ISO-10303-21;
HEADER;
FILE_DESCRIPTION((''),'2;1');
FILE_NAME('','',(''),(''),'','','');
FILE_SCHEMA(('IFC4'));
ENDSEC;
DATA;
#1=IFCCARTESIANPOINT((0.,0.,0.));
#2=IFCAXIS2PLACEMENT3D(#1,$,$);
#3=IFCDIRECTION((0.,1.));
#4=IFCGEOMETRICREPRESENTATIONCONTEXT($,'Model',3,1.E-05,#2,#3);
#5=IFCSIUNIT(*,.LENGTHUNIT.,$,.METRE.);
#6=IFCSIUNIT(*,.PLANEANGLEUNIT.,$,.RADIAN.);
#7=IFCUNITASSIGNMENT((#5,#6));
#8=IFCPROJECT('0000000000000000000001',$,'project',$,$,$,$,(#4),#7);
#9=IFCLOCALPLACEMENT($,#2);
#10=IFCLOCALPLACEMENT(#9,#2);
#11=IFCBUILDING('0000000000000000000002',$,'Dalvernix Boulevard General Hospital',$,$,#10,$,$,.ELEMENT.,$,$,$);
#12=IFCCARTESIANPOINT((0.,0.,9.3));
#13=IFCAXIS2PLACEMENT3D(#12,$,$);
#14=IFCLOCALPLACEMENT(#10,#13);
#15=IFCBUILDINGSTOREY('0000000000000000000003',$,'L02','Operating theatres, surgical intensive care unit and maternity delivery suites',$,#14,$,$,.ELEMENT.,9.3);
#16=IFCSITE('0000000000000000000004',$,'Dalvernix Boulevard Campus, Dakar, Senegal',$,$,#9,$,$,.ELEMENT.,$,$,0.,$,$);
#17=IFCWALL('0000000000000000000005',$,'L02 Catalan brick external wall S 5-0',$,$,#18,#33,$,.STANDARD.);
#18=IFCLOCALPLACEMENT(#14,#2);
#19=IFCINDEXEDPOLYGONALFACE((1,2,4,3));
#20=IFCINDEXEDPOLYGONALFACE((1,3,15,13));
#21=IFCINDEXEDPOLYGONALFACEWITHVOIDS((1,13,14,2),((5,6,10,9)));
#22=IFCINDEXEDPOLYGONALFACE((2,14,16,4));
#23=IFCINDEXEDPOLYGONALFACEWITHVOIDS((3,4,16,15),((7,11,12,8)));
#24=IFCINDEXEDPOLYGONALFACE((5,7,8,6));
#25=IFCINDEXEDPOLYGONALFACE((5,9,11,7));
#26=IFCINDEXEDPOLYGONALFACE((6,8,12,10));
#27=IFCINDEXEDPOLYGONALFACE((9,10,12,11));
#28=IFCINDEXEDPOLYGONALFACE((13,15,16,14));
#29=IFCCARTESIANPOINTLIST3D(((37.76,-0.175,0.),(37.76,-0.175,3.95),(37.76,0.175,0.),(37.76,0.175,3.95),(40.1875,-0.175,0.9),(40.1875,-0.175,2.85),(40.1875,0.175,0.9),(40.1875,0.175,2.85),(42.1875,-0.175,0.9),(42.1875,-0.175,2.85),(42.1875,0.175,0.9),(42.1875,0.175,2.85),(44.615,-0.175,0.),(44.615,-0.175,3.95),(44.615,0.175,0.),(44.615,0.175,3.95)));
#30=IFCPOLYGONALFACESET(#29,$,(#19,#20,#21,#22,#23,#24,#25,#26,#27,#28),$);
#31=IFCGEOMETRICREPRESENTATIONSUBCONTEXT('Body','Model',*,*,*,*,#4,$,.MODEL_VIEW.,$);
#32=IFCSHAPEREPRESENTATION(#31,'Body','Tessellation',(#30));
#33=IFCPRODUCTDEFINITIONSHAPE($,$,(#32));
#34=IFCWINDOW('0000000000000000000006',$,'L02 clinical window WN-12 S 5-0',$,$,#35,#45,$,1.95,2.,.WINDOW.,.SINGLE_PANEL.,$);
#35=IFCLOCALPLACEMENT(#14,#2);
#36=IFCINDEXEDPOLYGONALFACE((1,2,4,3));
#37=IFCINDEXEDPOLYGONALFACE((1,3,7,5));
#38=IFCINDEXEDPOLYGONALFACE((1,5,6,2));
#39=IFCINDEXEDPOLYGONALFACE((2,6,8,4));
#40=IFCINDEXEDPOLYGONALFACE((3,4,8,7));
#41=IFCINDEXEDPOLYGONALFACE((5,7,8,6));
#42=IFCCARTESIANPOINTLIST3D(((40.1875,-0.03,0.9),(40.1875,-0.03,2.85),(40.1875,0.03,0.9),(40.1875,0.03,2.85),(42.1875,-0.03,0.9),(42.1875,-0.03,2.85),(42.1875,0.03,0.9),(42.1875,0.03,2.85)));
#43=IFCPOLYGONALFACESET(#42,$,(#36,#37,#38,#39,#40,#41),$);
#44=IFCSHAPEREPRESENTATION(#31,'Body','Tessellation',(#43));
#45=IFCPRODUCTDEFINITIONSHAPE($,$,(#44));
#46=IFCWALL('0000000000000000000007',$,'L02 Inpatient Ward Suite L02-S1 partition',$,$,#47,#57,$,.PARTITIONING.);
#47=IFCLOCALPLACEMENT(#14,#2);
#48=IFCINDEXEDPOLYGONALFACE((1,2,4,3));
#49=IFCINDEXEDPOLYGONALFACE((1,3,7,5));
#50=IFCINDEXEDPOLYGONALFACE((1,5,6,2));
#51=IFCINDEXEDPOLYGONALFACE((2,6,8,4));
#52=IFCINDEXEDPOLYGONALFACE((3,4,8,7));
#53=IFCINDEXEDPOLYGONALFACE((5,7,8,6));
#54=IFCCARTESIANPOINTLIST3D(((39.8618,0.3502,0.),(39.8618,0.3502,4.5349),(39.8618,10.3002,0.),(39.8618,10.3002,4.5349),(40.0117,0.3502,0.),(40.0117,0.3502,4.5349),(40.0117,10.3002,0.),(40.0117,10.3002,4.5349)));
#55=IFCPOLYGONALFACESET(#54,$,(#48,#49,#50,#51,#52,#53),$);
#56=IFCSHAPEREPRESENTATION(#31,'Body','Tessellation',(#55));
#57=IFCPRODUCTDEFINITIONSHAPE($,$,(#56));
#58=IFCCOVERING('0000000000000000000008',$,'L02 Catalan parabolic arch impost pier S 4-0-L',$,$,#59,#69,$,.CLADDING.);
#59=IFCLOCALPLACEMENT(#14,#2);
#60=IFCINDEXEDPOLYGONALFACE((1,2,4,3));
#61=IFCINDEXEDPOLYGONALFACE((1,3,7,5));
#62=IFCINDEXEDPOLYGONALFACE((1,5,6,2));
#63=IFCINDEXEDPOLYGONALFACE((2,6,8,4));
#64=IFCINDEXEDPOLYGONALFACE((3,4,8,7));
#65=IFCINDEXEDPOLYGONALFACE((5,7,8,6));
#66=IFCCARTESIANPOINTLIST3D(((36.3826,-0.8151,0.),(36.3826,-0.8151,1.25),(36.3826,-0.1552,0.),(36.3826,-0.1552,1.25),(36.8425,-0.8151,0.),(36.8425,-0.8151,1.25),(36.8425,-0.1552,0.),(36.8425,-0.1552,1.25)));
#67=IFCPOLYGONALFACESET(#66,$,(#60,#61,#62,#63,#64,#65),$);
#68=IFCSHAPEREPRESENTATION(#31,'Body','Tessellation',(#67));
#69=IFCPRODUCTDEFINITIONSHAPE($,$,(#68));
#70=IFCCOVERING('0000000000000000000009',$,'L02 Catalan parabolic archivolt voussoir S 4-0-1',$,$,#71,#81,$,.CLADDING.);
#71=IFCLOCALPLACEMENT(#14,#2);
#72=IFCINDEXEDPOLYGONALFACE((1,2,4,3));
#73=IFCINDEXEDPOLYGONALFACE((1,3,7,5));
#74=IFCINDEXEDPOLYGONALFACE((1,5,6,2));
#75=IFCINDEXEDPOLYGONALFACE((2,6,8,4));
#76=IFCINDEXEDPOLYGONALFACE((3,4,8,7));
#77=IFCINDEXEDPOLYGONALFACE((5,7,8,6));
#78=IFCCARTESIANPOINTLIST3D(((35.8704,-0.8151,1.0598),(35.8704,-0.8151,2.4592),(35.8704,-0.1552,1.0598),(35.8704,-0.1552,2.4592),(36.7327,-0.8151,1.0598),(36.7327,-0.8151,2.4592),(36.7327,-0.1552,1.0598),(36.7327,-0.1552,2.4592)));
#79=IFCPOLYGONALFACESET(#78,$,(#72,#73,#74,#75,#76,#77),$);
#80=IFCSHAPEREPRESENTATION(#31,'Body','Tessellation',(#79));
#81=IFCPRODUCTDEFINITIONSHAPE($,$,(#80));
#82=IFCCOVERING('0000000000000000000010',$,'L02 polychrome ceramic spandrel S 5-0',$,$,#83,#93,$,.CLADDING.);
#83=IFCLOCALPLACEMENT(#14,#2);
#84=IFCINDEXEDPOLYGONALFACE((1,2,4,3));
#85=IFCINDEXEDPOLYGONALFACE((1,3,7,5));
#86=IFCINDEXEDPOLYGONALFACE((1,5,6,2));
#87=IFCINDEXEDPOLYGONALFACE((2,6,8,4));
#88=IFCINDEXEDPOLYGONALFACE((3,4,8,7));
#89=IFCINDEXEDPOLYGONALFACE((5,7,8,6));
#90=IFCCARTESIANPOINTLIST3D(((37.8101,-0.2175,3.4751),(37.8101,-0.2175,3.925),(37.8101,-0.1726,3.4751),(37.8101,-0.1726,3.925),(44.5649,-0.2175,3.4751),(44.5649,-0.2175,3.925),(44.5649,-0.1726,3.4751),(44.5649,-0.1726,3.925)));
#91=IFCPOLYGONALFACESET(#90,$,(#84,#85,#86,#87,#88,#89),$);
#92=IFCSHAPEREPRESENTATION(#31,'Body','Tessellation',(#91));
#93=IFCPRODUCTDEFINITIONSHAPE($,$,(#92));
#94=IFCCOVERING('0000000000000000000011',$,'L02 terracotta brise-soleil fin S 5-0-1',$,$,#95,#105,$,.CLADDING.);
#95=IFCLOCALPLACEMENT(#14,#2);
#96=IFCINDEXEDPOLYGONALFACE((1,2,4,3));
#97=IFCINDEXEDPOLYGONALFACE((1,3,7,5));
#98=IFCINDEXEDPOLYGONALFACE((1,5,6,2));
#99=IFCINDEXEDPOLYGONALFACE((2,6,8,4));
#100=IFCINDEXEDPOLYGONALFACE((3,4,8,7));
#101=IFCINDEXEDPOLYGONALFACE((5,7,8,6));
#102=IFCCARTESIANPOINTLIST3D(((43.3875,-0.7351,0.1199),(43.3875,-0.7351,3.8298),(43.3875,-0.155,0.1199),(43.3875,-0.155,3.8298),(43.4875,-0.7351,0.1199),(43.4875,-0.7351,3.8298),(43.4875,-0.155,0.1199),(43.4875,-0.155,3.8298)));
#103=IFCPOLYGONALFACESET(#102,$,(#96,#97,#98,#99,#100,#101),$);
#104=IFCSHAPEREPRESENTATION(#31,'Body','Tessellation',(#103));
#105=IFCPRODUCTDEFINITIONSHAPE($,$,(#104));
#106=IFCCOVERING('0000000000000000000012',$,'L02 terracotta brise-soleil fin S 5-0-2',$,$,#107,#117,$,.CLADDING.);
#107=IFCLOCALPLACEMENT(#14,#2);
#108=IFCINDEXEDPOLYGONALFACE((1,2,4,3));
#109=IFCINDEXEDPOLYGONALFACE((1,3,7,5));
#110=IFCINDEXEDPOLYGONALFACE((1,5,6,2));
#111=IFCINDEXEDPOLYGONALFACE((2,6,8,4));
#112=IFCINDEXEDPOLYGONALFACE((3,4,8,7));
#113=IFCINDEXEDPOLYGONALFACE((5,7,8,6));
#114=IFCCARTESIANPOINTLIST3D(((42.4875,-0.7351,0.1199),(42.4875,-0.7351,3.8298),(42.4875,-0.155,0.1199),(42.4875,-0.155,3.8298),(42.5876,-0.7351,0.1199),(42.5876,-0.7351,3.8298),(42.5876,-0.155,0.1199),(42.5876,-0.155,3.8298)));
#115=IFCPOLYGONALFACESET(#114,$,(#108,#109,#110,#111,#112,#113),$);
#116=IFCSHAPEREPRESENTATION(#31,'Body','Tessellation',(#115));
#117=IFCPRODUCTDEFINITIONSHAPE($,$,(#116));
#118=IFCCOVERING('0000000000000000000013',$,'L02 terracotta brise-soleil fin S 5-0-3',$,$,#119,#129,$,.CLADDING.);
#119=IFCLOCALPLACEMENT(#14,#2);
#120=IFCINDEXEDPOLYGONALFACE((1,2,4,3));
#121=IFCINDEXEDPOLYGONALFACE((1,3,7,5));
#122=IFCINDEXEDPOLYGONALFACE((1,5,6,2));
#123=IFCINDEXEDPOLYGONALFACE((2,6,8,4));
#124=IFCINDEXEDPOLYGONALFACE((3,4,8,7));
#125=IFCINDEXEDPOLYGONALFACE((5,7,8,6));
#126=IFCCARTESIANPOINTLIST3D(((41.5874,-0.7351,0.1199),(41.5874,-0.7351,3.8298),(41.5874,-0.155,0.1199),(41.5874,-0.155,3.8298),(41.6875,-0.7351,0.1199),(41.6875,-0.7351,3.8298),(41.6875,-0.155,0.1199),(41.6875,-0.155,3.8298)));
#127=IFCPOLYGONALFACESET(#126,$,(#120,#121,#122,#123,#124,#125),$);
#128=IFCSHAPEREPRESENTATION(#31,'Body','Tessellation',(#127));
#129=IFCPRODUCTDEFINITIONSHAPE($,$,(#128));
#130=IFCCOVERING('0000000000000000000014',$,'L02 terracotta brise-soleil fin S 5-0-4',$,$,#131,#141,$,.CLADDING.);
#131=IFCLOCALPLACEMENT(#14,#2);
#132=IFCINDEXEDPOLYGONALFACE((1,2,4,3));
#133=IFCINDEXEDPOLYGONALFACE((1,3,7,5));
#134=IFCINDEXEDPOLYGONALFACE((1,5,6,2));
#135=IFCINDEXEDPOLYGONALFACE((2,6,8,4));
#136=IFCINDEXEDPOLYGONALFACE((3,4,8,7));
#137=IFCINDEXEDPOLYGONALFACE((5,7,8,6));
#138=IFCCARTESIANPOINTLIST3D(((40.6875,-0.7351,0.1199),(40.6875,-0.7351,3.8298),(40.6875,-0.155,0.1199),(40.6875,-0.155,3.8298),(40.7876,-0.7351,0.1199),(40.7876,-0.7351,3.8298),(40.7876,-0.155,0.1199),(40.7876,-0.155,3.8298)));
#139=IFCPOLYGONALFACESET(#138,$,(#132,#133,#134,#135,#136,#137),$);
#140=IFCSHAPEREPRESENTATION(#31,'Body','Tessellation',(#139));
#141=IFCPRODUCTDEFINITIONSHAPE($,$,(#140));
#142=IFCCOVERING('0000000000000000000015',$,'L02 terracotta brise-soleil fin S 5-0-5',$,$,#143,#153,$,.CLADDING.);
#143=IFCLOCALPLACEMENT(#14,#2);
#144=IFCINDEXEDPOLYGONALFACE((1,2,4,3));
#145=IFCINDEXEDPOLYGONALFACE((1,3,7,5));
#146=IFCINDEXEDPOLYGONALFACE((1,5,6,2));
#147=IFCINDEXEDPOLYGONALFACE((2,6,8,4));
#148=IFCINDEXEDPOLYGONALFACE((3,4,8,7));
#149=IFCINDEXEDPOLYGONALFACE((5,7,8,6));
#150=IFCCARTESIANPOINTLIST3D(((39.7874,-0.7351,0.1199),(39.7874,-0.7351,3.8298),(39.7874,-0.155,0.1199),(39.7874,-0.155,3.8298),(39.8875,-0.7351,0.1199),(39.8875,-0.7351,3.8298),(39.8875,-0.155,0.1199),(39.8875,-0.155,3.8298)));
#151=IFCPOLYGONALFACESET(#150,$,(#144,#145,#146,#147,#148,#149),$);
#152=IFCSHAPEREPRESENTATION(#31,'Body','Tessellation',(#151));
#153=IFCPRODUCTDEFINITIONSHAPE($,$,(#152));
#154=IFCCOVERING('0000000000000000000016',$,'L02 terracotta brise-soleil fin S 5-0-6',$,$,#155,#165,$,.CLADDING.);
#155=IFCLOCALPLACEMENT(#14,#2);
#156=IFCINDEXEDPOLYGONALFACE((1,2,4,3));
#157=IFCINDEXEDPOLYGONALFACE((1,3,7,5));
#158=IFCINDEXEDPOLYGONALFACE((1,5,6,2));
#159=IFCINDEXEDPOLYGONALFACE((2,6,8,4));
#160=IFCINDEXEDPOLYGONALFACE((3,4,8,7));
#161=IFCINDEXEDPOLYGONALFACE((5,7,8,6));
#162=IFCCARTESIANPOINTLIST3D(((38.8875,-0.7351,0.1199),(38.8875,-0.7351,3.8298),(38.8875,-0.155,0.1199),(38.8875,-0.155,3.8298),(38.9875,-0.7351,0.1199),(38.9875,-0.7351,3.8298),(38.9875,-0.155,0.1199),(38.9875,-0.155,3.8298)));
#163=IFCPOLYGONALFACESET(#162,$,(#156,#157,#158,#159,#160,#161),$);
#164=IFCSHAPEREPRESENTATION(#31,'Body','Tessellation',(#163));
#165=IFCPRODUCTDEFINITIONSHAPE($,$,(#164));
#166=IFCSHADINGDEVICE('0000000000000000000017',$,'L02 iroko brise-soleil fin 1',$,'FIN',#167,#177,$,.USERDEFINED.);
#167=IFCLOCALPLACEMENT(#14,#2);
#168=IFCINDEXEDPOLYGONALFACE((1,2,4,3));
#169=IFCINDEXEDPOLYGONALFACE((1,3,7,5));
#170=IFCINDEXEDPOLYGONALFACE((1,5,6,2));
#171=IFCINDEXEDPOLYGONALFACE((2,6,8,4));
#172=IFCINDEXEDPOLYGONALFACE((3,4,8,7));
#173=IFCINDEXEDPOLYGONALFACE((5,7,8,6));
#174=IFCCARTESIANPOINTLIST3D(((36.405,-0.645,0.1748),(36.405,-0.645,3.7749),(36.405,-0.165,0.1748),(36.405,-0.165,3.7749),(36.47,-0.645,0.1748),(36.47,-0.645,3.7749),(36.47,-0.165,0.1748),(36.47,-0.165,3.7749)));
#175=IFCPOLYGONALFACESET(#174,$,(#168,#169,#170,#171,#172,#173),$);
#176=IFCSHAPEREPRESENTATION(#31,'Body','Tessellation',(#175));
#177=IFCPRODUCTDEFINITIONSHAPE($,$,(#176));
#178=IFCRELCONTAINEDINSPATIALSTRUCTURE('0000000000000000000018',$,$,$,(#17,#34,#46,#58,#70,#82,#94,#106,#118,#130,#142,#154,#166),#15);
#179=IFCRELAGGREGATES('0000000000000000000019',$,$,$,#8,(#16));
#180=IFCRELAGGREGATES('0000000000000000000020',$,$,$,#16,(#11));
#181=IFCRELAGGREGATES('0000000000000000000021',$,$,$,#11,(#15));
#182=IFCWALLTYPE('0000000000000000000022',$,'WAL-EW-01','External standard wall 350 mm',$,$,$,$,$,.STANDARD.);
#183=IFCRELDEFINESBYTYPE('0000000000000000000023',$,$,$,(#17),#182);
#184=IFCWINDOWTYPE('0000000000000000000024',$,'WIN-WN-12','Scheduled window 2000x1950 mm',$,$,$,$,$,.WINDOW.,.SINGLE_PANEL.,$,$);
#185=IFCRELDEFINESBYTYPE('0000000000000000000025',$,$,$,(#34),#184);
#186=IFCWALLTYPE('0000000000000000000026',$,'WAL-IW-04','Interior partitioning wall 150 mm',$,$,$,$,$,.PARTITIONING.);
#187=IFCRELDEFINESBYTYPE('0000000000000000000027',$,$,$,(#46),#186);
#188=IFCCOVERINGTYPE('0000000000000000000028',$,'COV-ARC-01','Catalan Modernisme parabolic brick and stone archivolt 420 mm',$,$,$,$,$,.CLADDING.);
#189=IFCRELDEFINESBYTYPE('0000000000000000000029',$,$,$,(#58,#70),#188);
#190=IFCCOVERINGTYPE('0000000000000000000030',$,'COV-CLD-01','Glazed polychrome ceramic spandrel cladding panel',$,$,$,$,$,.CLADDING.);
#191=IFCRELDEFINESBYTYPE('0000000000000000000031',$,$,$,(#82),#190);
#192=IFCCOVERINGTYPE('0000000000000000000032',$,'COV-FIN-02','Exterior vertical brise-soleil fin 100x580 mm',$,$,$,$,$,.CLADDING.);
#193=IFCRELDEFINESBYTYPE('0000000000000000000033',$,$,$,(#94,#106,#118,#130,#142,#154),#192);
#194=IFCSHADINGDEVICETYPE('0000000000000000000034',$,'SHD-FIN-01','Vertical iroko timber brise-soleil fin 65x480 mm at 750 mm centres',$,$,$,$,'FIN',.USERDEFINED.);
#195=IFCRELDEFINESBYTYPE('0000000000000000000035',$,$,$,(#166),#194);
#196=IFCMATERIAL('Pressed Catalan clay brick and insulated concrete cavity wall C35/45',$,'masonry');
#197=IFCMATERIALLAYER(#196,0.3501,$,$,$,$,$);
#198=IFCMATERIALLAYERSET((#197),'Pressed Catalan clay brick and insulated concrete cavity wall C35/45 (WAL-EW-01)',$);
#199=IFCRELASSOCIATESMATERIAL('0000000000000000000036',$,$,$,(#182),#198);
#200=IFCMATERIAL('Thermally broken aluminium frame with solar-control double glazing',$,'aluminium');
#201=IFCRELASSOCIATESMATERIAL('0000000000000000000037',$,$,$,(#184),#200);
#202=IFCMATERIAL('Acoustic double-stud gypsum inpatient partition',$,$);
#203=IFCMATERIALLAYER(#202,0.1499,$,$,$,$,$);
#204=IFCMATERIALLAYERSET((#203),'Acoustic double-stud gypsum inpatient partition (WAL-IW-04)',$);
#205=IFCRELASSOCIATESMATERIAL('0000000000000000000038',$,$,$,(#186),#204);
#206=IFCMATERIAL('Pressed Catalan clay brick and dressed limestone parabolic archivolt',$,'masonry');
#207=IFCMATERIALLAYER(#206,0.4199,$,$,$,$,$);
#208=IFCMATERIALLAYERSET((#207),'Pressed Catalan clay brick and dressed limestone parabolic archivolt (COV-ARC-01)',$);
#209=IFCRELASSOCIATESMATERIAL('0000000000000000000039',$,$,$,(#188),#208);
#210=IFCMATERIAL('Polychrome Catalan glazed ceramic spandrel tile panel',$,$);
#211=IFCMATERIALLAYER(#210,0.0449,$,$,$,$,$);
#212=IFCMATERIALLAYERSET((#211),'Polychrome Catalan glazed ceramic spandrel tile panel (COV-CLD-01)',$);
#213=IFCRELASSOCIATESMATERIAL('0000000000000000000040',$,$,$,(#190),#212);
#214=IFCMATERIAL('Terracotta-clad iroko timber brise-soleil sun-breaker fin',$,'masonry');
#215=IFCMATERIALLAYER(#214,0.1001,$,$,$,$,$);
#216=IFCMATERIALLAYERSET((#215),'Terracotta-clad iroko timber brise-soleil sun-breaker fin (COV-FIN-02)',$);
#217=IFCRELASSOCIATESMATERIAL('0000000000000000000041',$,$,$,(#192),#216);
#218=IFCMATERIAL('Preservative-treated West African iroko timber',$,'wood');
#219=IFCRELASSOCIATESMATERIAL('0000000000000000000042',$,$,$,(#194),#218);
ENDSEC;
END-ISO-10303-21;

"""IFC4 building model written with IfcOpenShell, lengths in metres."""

from ifc_helpers import new_model, si_unit, direction, frame, frame_2d, origin, origin_2d, place, context, subcontext, project, spatial, rectangle, extrude, material, layer, layer_set, type_object, element, fill, save


model = new_model("IFC4")

# Units and contexts
model_context = context("Model", 3, precision=1e-05, world=origin(), true_north=direction((0.0, 1.0)))
body_context = subcontext(model_context, "Body", "Model", "MODEL_VIEW")
ifc_project = project(units=[si_unit("LENGTHUNIT", "METRE"), si_unit("PLANEANGLEUNIT", "RADIAN")], contexts=[model_context])

# Site, building, storey
site_placement = place(None, origin())
site = spatial("IfcSite", under=ifc_project, at=site_placement, Name="Dalvernix Boulevard Campus, Dakar, Senegal", CompositionType="ELEMENT", RefElevation=0.0)
building_placement = place(site_placement, origin())
building = spatial("IfcBuilding", under=site, at=building_placement, Name="Dalvernix Boulevard General Hospital", CompositionType="ELEMENT")
storey_placement = place(building_placement, frame((0.0, 0.0, 9.3)))
storey = spatial("IfcBuildingStorey", under=building, at=storey_placement, Name="L02", Description="Operating theatres, surgical intensive care unit and maternity delivery suites", CompositionType="ELEMENT", Elevation=9.3)

# Wall, opening, window
ifc_material_1 = material(Name="Pressed Catalan clay brick and insulated concrete cavity wall C35/45", Category="masonry")
ifc_layer_1 = layer(ifc_material_1, 0.3501)
ifc_layer_set_1 = layer_set([ifc_layer_1], Name="Pressed Catalan clay brick and insulated concrete cavity wall C35/45 (WAL-EW-01)")
wall_type_1 = type_object("IfcWallType", Name="WAL-EW-01", Description="External standard wall 350 mm", PredefinedType="STANDARD", material=ifc_layer_set_1)
ifc_material_2 = material(Name="Thermally broken aluminium frame with solar-control double glazing", Category="aluminium")
wall_1_placement = place(storey_placement, frame((44.615, 0.0, 0.0), z_axis=(0.0, 0.0, 1.0), x_axis=(-1.0, 0.0, 0.0)))
wall_1 = element("IfcWall", 1, at=wall_1_placement, inside=storey, type_object=wall_type_1, Name="L02 Catalan brick external wall S 5-0", PredefinedType="STANDARD", context=body_context, shape_type="SweptSolid", body=[
    extrude(rectangle(XDim=6.855, YDim=0.3501, at=frame_2d((3.4275, 0.0))), origin(), (0.0, 0.0, 1.0), 3.95),
])
opening_1_placement = place(wall_1_placement, frame((2.4275, 0.0, 0.8999)))
opening_1 = element("IfcOpeningElement", 2, at=opening_1_placement, cuts=wall_1, PredefinedType="OPENING", context=body_context, shape_type="SweptSolid", body=[
    extrude(rectangle(XDim=2.0, YDim=1.95, at=frame_2d((1.0, 0.9751))), frame((0.0, 0.1851, 0.0), z_axis=(0.0, -1.0, 0.0), x_axis=(1.0, 0.0, 0.0)), (0.0, 0.0, 1.0), 0.3701),
])
window_type_1 = type_object("IfcWindowType", Name="WIN-WN-12", Description="Scheduled window 2000x1950 mm", PartitioningType="SINGLE_PANEL", PredefinedType="WINDOW", material=ifc_material_2)
window_1_placement = place(opening_1_placement, origin())
window_1 = element("IfcWindow", 3, at=window_1_placement, inside=storey, type_object=window_type_1, Name="L02 clinical window WN-12 S 5-0", OverallHeight=1.95, OverallWidth=2.0, PartitioningType="SINGLE_PANEL", PredefinedType="WINDOW", context=body_context, shape_type="SweptSolid", body=[
    extrude(rectangle(XDim=2.0, YDim=1.95, at=frame_2d((1.0, 0.9751))), frame((0.0, 0.03, 0.0), z_axis=(0.0, -1.0, 0.0), x_axis=(1.0, 0.0, 0.0)), (0.0, 0.0, 1.0), 0.0601),
])
fill(opening_1, window_1)

# Wall
ifc_material_3 = material(Name="Acoustic double-stud gypsum inpatient partition")
ifc_layer_2 = layer(ifc_material_3, 0.1499)
ifc_layer_set_2 = layer_set([ifc_layer_2], Name="Acoustic double-stud gypsum inpatient partition (WAL-IW-04)")
wall_type_2 = type_object("IfcWallType", Name="WAL-IW-04", Description="Interior partitioning wall 150 mm", PredefinedType="PARTITIONING", material=ifc_layer_set_2)
wall_2_placement = place(storey_placement, frame((39.9368, 0.3501, 0.0), z_axis=(0.0, 0.0, 1.0), x_axis=(0.0, 1.0, 0.0)))
element("IfcWall", 4, at=wall_2_placement, inside=storey, type_object=wall_type_2, Name="L02 Inpatient Ward Suite L02-S1 partition", PredefinedType="PARTITIONING", context=body_context, shape_type="SweptSolid", body=[
    extrude(rectangle(XDim=9.95, YDim=0.1499, at=frame_2d((4.9751, 0.0))), origin(), (0.0, 0.0, 1.0), 4.5349),
])

# Coverings
ifc_material_4 = material(Name="Pressed Catalan clay brick and dressed limestone parabolic archivolt", Category="masonry")
ifc_layer_3 = layer(ifc_material_4, 0.4199)
ifc_layer_set_3 = layer_set([ifc_layer_3], Name="Pressed Catalan clay brick and dressed limestone parabolic archivolt (COV-ARC-01)")
covering_type_1 = type_object("IfcCoveringType", Name="COV-ARC-01", Description="Catalan Modernisme parabolic brick and stone archivolt 420 mm", PredefinedType="CLADDING", material=ifc_layer_set_3)
covering_1_placement = place(storey_placement, frame((36.6125, -0.4851, 0.0), z_axis=(0.0, 0.0, 1.0), x_axis=(-1.0, 0.0, 0.0)))
element("IfcCovering", 5, at=covering_1_placement, inside=storey, type_object=covering_type_1, Name="L02 Catalan parabolic arch impost pier S 4-0-L", PredefinedType="CLADDING", context=body_context, shape_type="SweptSolid", body=[
    extrude(rectangle(XDim=0.46, YDim=0.6599, at=origin_2d()), origin(), (0.0, 0.0, 1.0), 1.25),
])
covering_2_placement = place(storey_placement, frame((36.3015, -0.4851, 1.0598), z_axis=(0.0, 0.0, 1.0), x_axis=(-1.0, 0.0, 0.0)))
element("IfcCovering", 6, at=covering_2_placement, inside=storey, type_object=covering_type_1, Name="L02 Catalan parabolic archivolt voussoir S 4-0-1", PredefinedType="CLADDING", context=body_context, shape_type="SweptSolid", body=[
    extrude(rectangle(XDim=0.8623, YDim=0.6599, at=origin_2d()), origin(), (0.0, 0.0, 1.0), 1.3994),
])
ifc_material_5 = material(Name="Polychrome Catalan glazed ceramic spandrel tile panel")
ifc_layer_4 = layer(ifc_material_5, 0.0449)
ifc_layer_set_4 = layer_set([ifc_layer_4], Name="Polychrome Catalan glazed ceramic spandrel tile panel (COV-CLD-01)")
covering_type_2 = type_object("IfcCoveringType", Name="COV-CLD-01", Description="Glazed polychrome ceramic spandrel cladding panel", PredefinedType="CLADDING", material=ifc_layer_set_4)
covering_3_placement = place(storey_placement, frame((41.1875, -0.1951, 3.4751), z_axis=(0.0, 0.0, 1.0), x_axis=(-1.0, 0.0, 0.0)))
element("IfcCovering", 7, at=covering_3_placement, inside=storey, type_object=covering_type_2, Name="L02 polychrome ceramic spandrel S 5-0", PredefinedType="CLADDING", context=body_context, shape_type="SweptSolid", body=[
    extrude(rectangle(XDim=6.7549, YDim=0.0449, at=origin_2d()), origin(), (0.0, 0.0, 1.0), 0.45),
])
ifc_material_6 = material(Name="Terracotta-clad iroko timber brise-soleil sun-breaker fin", Category="masonry")
ifc_layer_5 = layer(ifc_material_6, 0.1001)
ifc_layer_set_5 = layer_set([ifc_layer_5], Name="Terracotta-clad iroko timber brise-soleil sun-breaker fin (COV-FIN-02)")
covering_type_3 = type_object("IfcCoveringType", Name="COV-FIN-02", Description="Exterior vertical brise-soleil fin 100x580 mm", PredefinedType="CLADDING", material=ifc_layer_set_5)
for number, where, z_axis, x_axis, name in (
    (8, (43.4375, -0.4451, 0.1199), (0.0, 0.0, 1.0), (-1.0, 0.0, 0.0), "L02 terracotta brise-soleil fin S 5-0-1"),
    (9, (42.5376, -0.4451, 0.1199), (0.0, 0.0, 1.0), (-1.0, 0.0, 0.0), "L02 terracotta brise-soleil fin S 5-0-2"),
    (10, (41.6375, -0.4451, 0.1199), (0.0, 0.0, 1.0), (-1.0, 0.0, 0.0), "L02 terracotta brise-soleil fin S 5-0-3"),
    (11, (40.7375, -0.4451, 0.1199), (0.0, 0.0, 1.0), (-1.0, 0.0, 0.0), "L02 terracotta brise-soleil fin S 5-0-4"),
    (12, (39.8374, -0.4451, 0.1199), (0.0, 0.0, 1.0), (-1.0, 0.0, 0.0), "L02 terracotta brise-soleil fin S 5-0-5"),
    (13, (38.9375, -0.4451, 0.1199), (0.0, 0.0, 1.0), (-1.0, 0.0, 0.0), "L02 terracotta brise-soleil fin S 5-0-6"),
):
    element("IfcCovering", number, at=place(storey_placement, frame(where, z_axis=z_axis, x_axis=x_axis)), inside=storey, type_object=covering_type_3, Name=name, PredefinedType="CLADDING", context=body_context, shape_type="SweptSolid", body=[
        extrude(rectangle(XDim=0.1001, YDim=0.5801, at=origin_2d()), origin(), (0.0, 0.0, 1.0), 3.71),
    ])

# Shading device
ifc_material_7 = material(Name="Preservative-treated West African iroko timber", Category="wood")
shading_device_type = type_object("IfcShadingDeviceType", Name="SHD-FIN-01", Description="Vertical iroko timber brise-soleil fin 65x480 mm at 750 mm centres", ElementType="FIN", PredefinedType="USERDEFINED", material=ifc_material_7)
shading_device_placement = place(storey_placement, frame((36.4375, -0.405, 0.1748), z_axis=(0.0, 0.0, 1.0), x_axis=(-1.0, 0.0, 0.0)))
element("IfcShadingDevice", 14, at=shading_device_placement, inside=storey, type_object=shading_device_type, Name="L02 iroko brise-soleil fin 1", ObjectType="FIN", PredefinedType="USERDEFINED", context=body_context, shape_type="SweptSolid", body=[
    extrude(rectangle(XDim=0.0649, YDim=0.48, at=origin_2d()), origin(), (0.0, 0.0, 1.0), 3.6001),
])

save(model, "model.ifc")
